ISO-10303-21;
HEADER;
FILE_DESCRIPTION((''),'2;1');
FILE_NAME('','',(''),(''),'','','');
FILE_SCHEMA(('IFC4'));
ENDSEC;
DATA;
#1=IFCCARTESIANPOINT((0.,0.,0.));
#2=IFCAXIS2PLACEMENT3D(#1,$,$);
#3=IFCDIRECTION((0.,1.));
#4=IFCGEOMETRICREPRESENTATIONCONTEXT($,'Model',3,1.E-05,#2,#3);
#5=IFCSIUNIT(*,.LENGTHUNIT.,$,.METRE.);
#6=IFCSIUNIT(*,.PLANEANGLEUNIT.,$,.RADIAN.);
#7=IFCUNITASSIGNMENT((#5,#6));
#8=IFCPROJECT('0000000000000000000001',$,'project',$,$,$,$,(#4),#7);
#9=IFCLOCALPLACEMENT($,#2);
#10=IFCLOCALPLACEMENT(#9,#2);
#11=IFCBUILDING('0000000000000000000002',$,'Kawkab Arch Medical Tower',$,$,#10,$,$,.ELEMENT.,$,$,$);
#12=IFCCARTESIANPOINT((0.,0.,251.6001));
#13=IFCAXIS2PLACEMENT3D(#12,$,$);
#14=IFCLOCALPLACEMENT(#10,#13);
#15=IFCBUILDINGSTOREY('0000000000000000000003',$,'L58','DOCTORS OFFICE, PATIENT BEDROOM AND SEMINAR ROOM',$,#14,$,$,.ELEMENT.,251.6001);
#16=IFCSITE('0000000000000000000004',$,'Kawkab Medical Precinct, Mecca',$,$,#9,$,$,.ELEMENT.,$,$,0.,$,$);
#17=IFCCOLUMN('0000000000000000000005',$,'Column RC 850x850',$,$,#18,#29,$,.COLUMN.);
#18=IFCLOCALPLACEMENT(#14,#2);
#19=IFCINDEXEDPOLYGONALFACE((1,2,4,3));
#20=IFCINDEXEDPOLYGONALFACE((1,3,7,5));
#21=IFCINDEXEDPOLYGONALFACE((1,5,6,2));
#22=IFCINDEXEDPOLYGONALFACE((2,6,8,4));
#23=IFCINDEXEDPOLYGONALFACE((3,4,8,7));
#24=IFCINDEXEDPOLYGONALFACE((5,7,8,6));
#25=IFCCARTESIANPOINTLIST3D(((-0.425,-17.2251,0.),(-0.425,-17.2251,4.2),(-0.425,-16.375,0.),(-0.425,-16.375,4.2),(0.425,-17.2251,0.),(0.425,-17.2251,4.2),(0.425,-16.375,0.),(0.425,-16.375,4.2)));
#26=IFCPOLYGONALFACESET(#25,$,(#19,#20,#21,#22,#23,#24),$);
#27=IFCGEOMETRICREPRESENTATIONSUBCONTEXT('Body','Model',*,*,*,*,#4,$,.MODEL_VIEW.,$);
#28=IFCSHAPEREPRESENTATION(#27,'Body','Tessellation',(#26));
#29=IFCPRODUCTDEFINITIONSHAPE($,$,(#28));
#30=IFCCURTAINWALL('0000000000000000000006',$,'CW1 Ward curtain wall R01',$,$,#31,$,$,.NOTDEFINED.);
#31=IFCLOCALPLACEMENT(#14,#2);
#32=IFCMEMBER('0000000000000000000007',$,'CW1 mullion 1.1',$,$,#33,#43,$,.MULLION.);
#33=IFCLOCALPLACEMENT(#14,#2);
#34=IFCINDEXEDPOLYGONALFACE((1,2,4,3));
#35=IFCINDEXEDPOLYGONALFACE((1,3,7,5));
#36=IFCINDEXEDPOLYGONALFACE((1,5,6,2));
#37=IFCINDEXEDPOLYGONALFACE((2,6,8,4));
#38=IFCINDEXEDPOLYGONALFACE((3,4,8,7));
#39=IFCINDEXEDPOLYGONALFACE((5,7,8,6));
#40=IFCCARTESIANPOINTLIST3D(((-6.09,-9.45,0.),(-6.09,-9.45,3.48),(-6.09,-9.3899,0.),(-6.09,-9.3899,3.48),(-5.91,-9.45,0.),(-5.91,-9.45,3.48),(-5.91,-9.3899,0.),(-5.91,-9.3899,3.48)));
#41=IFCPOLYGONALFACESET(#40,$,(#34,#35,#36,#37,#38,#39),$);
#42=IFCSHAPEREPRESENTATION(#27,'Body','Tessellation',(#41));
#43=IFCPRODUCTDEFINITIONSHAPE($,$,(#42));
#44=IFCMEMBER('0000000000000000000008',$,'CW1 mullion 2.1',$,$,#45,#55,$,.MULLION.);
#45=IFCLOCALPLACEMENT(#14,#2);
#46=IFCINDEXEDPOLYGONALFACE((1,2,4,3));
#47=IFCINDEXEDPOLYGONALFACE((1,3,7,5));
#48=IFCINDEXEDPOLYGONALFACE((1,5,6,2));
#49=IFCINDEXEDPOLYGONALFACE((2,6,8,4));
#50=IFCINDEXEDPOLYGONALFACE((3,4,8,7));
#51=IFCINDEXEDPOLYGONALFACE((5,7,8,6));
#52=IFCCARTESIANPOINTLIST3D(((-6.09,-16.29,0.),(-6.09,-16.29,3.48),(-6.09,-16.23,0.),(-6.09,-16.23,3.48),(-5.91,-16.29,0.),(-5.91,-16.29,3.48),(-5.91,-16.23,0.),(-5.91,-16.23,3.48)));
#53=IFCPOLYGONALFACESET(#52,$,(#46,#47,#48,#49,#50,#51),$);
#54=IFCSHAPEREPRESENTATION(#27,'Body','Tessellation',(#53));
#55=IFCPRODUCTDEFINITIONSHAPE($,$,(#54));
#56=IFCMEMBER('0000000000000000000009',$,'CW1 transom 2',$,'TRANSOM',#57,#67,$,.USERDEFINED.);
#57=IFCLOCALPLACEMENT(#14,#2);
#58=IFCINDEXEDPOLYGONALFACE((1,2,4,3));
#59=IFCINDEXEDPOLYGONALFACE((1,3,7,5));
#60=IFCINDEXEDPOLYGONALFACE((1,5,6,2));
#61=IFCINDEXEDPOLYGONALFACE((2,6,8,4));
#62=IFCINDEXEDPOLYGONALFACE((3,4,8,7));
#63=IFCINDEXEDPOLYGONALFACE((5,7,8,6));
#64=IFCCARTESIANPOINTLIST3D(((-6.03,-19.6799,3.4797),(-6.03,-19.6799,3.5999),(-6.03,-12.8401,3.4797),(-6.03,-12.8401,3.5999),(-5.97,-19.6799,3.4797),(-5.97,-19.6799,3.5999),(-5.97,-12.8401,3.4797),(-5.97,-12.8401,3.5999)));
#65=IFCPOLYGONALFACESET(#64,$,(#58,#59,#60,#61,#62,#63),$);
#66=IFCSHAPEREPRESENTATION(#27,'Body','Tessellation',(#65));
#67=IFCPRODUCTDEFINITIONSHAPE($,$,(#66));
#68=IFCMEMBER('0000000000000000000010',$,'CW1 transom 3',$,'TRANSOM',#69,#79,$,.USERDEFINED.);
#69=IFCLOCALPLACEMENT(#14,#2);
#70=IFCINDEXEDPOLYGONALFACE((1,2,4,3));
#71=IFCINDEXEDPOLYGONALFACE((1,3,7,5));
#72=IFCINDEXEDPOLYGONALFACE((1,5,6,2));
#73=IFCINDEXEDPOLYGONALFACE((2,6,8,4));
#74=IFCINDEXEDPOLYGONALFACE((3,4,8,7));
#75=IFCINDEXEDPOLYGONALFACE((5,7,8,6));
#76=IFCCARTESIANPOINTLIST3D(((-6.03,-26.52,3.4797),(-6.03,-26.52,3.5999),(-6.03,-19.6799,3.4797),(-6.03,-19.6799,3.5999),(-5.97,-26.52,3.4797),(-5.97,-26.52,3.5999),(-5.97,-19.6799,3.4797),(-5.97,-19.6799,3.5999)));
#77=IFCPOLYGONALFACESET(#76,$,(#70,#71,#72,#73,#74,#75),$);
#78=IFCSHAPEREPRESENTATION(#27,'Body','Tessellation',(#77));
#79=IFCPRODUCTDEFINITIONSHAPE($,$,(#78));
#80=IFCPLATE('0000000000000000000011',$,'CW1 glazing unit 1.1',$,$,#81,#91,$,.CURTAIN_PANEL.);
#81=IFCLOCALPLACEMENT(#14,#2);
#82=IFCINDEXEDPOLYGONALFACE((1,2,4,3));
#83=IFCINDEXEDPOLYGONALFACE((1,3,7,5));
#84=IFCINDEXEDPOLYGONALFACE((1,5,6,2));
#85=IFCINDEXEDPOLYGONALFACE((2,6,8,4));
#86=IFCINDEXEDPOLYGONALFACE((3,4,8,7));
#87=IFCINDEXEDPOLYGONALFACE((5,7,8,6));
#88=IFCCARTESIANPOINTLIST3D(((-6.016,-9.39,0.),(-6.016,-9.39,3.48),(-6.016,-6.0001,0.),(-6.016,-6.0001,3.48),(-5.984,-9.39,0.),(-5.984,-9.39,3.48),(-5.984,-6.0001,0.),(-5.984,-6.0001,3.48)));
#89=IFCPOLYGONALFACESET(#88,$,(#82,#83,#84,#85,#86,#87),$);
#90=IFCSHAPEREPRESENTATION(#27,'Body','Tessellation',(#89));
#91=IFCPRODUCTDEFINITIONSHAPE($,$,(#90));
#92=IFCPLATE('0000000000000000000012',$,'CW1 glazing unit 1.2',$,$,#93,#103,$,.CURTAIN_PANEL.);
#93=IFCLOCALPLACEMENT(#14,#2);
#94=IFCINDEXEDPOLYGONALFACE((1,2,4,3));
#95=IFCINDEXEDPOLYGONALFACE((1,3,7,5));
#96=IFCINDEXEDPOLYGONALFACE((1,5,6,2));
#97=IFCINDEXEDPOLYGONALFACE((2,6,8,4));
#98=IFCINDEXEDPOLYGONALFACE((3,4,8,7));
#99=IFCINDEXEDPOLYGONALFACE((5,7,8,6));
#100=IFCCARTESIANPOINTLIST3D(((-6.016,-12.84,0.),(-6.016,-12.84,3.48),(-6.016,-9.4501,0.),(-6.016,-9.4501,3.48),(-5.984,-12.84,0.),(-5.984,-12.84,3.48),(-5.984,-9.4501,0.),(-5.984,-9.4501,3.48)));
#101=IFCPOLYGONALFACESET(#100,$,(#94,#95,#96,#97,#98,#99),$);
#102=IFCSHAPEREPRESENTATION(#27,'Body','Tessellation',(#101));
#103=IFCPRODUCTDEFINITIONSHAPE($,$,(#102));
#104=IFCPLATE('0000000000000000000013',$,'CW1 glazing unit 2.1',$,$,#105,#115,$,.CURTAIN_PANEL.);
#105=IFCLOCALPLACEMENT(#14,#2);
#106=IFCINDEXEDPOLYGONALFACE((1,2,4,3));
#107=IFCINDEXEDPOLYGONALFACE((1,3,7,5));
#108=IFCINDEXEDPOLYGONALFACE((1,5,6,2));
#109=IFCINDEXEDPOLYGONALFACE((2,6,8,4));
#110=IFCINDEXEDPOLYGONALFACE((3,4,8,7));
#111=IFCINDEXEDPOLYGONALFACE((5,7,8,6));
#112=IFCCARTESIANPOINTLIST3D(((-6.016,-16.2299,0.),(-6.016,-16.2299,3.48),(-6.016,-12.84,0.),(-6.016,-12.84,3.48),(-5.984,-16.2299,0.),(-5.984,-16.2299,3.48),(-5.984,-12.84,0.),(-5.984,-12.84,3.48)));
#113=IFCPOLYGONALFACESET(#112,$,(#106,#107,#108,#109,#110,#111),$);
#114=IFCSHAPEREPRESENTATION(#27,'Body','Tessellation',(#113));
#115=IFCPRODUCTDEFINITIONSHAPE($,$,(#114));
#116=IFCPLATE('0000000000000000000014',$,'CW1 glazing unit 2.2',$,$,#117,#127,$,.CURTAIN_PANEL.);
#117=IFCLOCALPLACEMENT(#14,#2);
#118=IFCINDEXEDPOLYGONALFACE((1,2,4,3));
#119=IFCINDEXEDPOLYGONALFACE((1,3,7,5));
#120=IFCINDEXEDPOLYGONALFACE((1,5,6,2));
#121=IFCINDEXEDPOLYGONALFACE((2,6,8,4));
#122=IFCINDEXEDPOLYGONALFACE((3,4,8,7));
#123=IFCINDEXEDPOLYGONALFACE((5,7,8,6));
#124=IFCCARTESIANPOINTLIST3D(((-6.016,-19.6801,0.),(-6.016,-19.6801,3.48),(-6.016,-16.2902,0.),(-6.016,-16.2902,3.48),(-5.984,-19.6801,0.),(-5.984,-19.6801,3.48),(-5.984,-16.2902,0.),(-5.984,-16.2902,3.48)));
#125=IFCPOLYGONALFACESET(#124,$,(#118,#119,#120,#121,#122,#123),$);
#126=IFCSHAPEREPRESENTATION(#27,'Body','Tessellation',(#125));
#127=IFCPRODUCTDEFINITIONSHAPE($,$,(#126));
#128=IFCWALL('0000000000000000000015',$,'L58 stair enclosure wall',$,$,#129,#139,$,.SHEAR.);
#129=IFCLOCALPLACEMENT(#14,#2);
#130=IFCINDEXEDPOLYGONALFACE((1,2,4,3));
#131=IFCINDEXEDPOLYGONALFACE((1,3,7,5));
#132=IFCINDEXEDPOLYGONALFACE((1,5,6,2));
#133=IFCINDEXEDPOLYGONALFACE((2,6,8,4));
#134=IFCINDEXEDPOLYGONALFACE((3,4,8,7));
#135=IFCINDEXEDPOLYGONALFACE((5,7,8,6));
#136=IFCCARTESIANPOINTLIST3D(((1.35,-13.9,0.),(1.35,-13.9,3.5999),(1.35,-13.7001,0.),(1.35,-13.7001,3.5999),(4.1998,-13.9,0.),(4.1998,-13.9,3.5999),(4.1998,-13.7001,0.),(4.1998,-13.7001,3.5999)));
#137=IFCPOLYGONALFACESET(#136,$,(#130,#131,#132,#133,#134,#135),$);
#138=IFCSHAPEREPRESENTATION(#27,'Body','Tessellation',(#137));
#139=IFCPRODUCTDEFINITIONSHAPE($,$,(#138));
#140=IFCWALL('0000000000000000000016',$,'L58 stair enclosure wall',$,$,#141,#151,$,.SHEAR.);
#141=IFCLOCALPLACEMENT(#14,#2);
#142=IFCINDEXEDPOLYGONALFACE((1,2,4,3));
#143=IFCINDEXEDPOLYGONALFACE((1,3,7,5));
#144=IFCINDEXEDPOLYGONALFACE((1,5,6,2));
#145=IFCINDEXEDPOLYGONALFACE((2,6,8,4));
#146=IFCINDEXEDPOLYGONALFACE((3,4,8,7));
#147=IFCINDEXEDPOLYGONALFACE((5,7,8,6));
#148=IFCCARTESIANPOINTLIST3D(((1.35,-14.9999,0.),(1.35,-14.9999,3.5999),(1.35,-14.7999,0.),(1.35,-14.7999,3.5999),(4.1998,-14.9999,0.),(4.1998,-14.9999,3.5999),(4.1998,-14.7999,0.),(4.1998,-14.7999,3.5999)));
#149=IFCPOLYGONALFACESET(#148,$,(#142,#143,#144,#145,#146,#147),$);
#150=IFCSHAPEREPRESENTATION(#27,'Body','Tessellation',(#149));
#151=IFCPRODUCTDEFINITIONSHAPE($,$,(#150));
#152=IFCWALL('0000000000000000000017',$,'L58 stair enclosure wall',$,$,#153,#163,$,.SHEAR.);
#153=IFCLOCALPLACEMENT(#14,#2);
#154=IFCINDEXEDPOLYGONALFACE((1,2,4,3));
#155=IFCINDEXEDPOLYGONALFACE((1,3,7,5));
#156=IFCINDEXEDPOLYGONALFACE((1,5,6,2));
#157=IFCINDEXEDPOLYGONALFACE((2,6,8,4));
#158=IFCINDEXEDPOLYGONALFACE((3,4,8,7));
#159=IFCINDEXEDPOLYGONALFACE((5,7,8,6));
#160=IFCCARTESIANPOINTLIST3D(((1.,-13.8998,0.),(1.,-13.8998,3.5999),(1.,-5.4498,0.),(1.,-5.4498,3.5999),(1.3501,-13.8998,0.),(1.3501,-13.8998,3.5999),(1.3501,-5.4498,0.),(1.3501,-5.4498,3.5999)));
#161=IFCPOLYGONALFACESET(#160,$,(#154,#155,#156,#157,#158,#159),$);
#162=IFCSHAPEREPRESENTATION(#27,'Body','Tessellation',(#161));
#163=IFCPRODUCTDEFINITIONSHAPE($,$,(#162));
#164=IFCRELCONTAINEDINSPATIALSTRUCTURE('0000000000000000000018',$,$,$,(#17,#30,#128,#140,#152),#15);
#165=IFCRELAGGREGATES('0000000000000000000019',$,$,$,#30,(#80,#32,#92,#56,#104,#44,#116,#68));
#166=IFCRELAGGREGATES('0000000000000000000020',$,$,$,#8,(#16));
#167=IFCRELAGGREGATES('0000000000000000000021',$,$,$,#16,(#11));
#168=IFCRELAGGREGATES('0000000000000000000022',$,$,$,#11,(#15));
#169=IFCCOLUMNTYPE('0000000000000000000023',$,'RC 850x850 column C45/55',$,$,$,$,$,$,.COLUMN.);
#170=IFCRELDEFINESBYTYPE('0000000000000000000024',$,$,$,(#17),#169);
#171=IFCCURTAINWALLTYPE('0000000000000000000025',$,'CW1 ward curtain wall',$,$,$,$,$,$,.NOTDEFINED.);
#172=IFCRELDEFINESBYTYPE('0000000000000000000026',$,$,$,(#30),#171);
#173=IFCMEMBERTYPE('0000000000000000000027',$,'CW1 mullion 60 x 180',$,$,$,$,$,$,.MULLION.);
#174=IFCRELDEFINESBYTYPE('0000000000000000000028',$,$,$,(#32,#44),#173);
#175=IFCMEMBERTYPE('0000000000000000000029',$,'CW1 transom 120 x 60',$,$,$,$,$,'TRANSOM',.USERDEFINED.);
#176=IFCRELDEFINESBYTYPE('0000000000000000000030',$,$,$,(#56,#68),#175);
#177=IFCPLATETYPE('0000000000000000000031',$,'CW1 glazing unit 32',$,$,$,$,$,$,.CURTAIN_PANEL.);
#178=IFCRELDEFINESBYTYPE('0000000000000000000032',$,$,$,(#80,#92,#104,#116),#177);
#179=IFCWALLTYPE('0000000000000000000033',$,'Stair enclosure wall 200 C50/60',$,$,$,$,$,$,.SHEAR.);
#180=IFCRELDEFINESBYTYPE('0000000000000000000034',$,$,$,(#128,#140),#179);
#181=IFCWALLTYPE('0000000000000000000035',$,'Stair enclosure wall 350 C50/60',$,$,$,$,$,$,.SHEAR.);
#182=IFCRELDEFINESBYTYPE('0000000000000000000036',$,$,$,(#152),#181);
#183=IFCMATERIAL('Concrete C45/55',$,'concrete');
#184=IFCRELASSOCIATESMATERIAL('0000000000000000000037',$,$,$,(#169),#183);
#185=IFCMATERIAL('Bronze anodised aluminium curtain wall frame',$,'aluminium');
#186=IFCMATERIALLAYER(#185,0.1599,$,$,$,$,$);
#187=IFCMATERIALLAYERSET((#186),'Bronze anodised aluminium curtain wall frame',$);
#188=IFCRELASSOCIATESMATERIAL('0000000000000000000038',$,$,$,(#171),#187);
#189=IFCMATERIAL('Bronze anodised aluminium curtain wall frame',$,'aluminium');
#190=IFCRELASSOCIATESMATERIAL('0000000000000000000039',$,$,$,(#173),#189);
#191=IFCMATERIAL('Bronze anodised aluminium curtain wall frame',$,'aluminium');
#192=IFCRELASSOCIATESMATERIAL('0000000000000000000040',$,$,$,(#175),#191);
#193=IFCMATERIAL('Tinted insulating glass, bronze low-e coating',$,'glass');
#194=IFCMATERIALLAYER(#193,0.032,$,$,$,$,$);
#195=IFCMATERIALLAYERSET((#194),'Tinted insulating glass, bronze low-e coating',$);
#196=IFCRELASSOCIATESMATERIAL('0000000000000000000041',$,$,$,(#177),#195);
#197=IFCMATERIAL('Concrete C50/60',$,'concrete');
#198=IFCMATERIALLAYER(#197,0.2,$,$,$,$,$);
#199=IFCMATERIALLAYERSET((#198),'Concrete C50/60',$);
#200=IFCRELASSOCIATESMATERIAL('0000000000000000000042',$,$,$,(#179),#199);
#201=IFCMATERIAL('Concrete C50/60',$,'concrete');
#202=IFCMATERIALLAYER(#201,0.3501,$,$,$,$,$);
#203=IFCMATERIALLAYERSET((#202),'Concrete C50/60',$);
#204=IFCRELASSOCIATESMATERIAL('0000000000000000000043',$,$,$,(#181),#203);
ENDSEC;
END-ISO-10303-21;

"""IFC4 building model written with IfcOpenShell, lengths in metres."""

from ifc_helpers import new_model, si_unit, direction, frame, frame_2d, origin, origin_2d, place, context, subcontext, project, spatial, rectangle, extrude, material, layer, layer_set, material_profile, profile_set, type_object, element, aggregate, save


model = new_model("IFC4")

# Units and contexts
model_context = context("Model", 3, precision=1e-05, world=origin(), true_north=direction((0.0, 1.0)))
body_context = subcontext(model_context, "Body", "Model", "MODEL_VIEW")
ifc_project = project(units=[si_unit("LENGTHUNIT", "METRE"), si_unit("PLANEANGLEUNIT", "RADIAN")], contexts=[model_context])

# Site, building, storey
site_placement = place(None, origin())
site = spatial("IfcSite", under=ifc_project, at=site_placement, Name="Kawkab Medical Precinct, Mecca", CompositionType="ELEMENT", RefElevation=0.0)
building_placement = place(site_placement, origin())
building = spatial("IfcBuilding", under=site, at=building_placement, Name="Kawkab Arch Medical Tower", CompositionType="ELEMENT")
storey_placement = place(building_placement, frame((0.0, 0.0, 251.6001)))
storey = spatial("IfcBuildingStorey", under=building, at=storey_placement, Name="L58", Description="DOCTORS OFFICE, PATIENT BEDROOM AND SEMINAR ROOM", CompositionType="ELEMENT", Elevation=251.6001)

# Column
ifc_material_1 = material(Name="Concrete C45/55", Category="concrete")
ifc_material_profile_1 = material_profile(ifc_material_1, rectangle(XDim=0.8501, YDim=0.8501, at=origin_2d()), Name="RC 850x850")
ifc_profile_set_1 = profile_set([ifc_material_profile_1], Name="Concrete C45/55")
column_type = type_object("IfcColumnType", Name="RC 850x850 column C45/55", PredefinedType="COLUMN", material=ifc_profile_set_1)
column_placement = place(storey_placement, frame((0.0, -16.8, 0.0), z_axis=(0.0, 0.0, 1.0), x_axis=(1.0, 0.0, 0.0)))
element("IfcColumn", 1, at=column_placement, inside=storey, type_object=column_type, Name="Column RC 850x850", PredefinedType="COLUMN", context=body_context, shape_type="SweptSolid", body=[
    extrude(rectangle(XDim=0.8501, YDim=0.8501, at=origin_2d()), origin(), (0.0, 0.0, 1.0), 4.2),
])

# Curtain wall, members, plates
ifc_material_2 = material(Name="Bronze anodised aluminium curtain wall frame", Category="aluminium")
ifc_layer_1 = layer(ifc_material_2, 0.1599)
ifc_layer_set_1 = layer_set([ifc_layer_1], Name="Bronze anodised aluminium curtain wall frame")
curtain_wall_type = type_object("IfcCurtainWallType", Name="CW1 ward curtain wall", PredefinedType="NOTDEFINED", material=ifc_layer_set_1)
placement = place(storey_placement, origin())
curtain_wall = element("IfcCurtainWall", 2, at=placement, inside=storey, type_object=curtain_wall_type, Name="CW1 Ward curtain wall R01", PredefinedType="NOTDEFINED")
ifc_material_3 = material(Name="Bronze anodised aluminium curtain wall frame", Category="aluminium")
ifc_material_profile_2 = material_profile(ifc_material_3, rectangle(XDim=0.1799, YDim=0.0601, at=origin_2d()), Name="AL 60x180")
ifc_profile_set_2 = profile_set([ifc_material_profile_2], Name="Bronze anodised aluminium curtain wall frame")
member_type_1 = type_object("IfcMemberType", Name="CW1 mullion 60 x 180", PredefinedType="MULLION", material=ifc_profile_set_2)
member_1_placement = place(storey_placement, frame((-6.0, -9.4199, 0.0), z_axis=(0.0, 0.0, 1.0), x_axis=(1.0, 0.0, 0.0)))
member_1 = element("IfcMember", 3, at=member_1_placement, type_object=member_type_1, Name="CW1 mullion 1.1", PredefinedType="MULLION", context=body_context, shape_type="SweptSolid", body=[
    extrude(rectangle(XDim=0.1799, YDim=0.0601, at=origin_2d()), origin(), (0.0, 0.0, 1.0), 3.48),
])
member_2_placement = place(storey_placement, frame((-6.0, -16.26, 0.0), z_axis=(0.0, 0.0, 1.0), x_axis=(1.0, 0.0, 0.0)))
member_2 = element("IfcMember", 4, at=member_2_placement, type_object=member_type_1, Name="CW1 mullion 2.1", PredefinedType="MULLION", context=body_context, shape_type="SweptSolid", body=[
    extrude(rectangle(XDim=0.1799, YDim=0.0601, at=origin_2d()), origin(), (0.0, 0.0, 1.0), 3.48),
])
ifc_material_4 = material(Name="Bronze anodised aluminium curtain wall frame", Category="aluminium")
ifc_material_profile_3 = material_profile(ifc_material_4, rectangle(XDim=0.0601, YDim=0.1201, at=origin_2d()), Name="AL 60x120")
ifc_profile_set_3 = profile_set([ifc_material_profile_3], Name="Bronze anodised aluminium curtain wall frame")
member_type_2 = type_object("IfcMemberType", Name="CW1 transom 120 x 60", ElementType="TRANSOM", PredefinedType="USERDEFINED", material=ifc_profile_set_3)
member_3_placement = place(storey_placement, frame((-6.0, -12.8401, 3.5398), z_axis=(0.0, -1.0, 0.0), x_axis=(1.0, 0.0, 0.0)))
member_3 = element("IfcMember", 5, at=member_3_placement, type_object=member_type_2, Name="CW1 transom 2", ObjectType="TRANSOM", PredefinedType="USERDEFINED", context=body_context, shape_type="SweptSolid", body=[
    extrude(rectangle(XDim=0.0601, YDim=0.1201, at=origin_2d()), origin(), (0.0, 0.0, 1.0), 6.8398),
])
member_4_placement = place(storey_placement, frame((-6.0, -19.6799, 3.5398), z_axis=(0.0, -1.0, 0.0), x_axis=(1.0, 0.0, 0.0)))
member_4 = element("IfcMember", 6, at=member_4_placement, type_object=member_type_2, Name="CW1 transom 3", ObjectType="TRANSOM", PredefinedType="USERDEFINED", context=body_context, shape_type="SweptSolid", body=[
    extrude(rectangle(XDim=0.0601, YDim=0.1201, at=origin_2d()), origin(), (0.0, 0.0, 1.0), 6.8401),
])
ifc_material_5 = material(Name="Tinted insulating glass, bronze low-e coating", Category="glass")
ifc_layer_2 = layer(ifc_material_5, 0.032)
ifc_layer_set_2 = layer_set([ifc_layer_2], Name="Tinted insulating glass, bronze low-e coating")
plate_type = type_object("IfcPlateType", Name="CW1 glazing unit 32", PredefinedType="CURTAIN_PANEL", material=ifc_layer_set_2)
plate_1_placement = place(storey_placement, frame((-6.0, -7.6951, 0.0), z_axis=(0.0, 0.0, 1.0), x_axis=(0.0, -1.0, 0.0)))
plate_1 = element("IfcPlate", 7, at=plate_1_placement, type_object=plate_type, Name="CW1 glazing unit 1.1", PredefinedType="CURTAIN_PANEL", context=body_context, shape_type="SweptSolid", body=[
    extrude(rectangle(XDim=3.3899, YDim=0.032, at=origin_2d()), origin(), (0.0, 0.0, 1.0), 3.48),
])
plate_2_placement = place(storey_placement, frame((-6.0, -11.145, 0.0), z_axis=(0.0, 0.0, 1.0), x_axis=(0.0, -1.0, 0.0)))
plate_2 = element("IfcPlate", 8, at=plate_2_placement, type_object=plate_type, Name="CW1 glazing unit 1.2", PredefinedType="CURTAIN_PANEL", context=body_context, shape_type="SweptSolid", body=[
    extrude(rectangle(XDim=3.3899, YDim=0.032, at=origin_2d()), origin(), (0.0, 0.0, 1.0), 3.48),
])
plate_3_placement = place(storey_placement, frame((-6.0, -14.5349, 0.0), z_axis=(0.0, 0.0, 1.0), x_axis=(0.0, -1.0, 0.0)))
plate_3 = element("IfcPlate", 9, at=plate_3_placement, type_object=plate_type, Name="CW1 glazing unit 2.1", PredefinedType="CURTAIN_PANEL", context=body_context, shape_type="SweptSolid", body=[
    extrude(rectangle(XDim=3.3899, YDim=0.032, at=origin_2d()), origin(), (0.0, 0.0, 1.0), 3.48),
])
plate_4_placement = place(storey_placement, frame((-6.0, -17.9851, 0.0), z_axis=(0.0, 0.0, 1.0), x_axis=(0.0, -1.0, 0.0)))
plate_4 = element("IfcPlate", 10, at=plate_4_placement, type_object=plate_type, Name="CW1 glazing unit 2.2", PredefinedType="CURTAIN_PANEL", context=body_context, shape_type="SweptSolid", body=[
    extrude(rectangle(XDim=3.3899, YDim=0.032, at=origin_2d()), origin(), (0.0, 0.0, 1.0), 3.48),
])
aggregate(curtain_wall, [plate_1, member_1, plate_2, member_3, plate_3, member_2, plate_4, member_4])

# Walls
ifc_material_6 = material(Name="Concrete C50/60", Category="concrete")
ifc_layer_3 = layer(ifc_material_6, 0.2)
ifc_layer_set_3 = layer_set([ifc_layer_3], Name="Concrete C50/60")
wall_type_1 = type_object("IfcWallType", Name="Stair enclosure wall 200 C50/60", PredefinedType="SHEAR", material=ifc_layer_set_3)
for number, where, z_axis, x_axis, name in (
    (11, (1.3501, -13.8, 0.0), (0.0, 0.0, 1.0), (1.0, 0.0, 0.0), "L58 stair enclosure wall"),
    (12, (1.3501, -14.8999, 0.0), (0.0, 0.0, 1.0), (1.0, 0.0, 0.0), "L58 stair enclosure wall"),
):
    element("IfcWall", number, at=place(storey_placement, frame(where, z_axis=z_axis, x_axis=x_axis)), inside=storey, type_object=wall_type_1, Name=name, PredefinedType="SHEAR", context=body_context, shape_type="SweptSolid", body=[
        extrude(rectangle(XDim=2.8499, YDim=0.2, at=frame_2d((1.4248, 0.0))), origin(), (0.0, 0.0, 1.0), 3.5999),
    ])
ifc_material_7 = material(Name="Concrete C50/60", Category="concrete")
ifc_layer_4 = layer(ifc_material_7, 0.3501)
ifc_layer_set_4 = layer_set([ifc_layer_4], Name="Concrete C50/60")
wall_type_2 = type_object("IfcWallType", Name="Stair enclosure wall 350 C50/60", PredefinedType="SHEAR", material=ifc_layer_set_4)
wall_placement = place(storey_placement, frame((1.175, -13.8999, 0.0), z_axis=(0.0, 0.0, 1.0), x_axis=(0.0, 1.0, 0.0)))
element("IfcWall", 13, at=wall_placement, inside=storey, type_object=wall_type_2, Name="L58 stair enclosure wall", PredefinedType="SHEAR", context=body_context, shape_type="SweptSolid", body=[
    extrude(rectangle(XDim=8.45, YDim=0.3501, at=frame_2d((4.2251, 0.0))), origin(), (0.0, 0.0, 1.0), 3.5999),
])

save(model, "model.ifc")
